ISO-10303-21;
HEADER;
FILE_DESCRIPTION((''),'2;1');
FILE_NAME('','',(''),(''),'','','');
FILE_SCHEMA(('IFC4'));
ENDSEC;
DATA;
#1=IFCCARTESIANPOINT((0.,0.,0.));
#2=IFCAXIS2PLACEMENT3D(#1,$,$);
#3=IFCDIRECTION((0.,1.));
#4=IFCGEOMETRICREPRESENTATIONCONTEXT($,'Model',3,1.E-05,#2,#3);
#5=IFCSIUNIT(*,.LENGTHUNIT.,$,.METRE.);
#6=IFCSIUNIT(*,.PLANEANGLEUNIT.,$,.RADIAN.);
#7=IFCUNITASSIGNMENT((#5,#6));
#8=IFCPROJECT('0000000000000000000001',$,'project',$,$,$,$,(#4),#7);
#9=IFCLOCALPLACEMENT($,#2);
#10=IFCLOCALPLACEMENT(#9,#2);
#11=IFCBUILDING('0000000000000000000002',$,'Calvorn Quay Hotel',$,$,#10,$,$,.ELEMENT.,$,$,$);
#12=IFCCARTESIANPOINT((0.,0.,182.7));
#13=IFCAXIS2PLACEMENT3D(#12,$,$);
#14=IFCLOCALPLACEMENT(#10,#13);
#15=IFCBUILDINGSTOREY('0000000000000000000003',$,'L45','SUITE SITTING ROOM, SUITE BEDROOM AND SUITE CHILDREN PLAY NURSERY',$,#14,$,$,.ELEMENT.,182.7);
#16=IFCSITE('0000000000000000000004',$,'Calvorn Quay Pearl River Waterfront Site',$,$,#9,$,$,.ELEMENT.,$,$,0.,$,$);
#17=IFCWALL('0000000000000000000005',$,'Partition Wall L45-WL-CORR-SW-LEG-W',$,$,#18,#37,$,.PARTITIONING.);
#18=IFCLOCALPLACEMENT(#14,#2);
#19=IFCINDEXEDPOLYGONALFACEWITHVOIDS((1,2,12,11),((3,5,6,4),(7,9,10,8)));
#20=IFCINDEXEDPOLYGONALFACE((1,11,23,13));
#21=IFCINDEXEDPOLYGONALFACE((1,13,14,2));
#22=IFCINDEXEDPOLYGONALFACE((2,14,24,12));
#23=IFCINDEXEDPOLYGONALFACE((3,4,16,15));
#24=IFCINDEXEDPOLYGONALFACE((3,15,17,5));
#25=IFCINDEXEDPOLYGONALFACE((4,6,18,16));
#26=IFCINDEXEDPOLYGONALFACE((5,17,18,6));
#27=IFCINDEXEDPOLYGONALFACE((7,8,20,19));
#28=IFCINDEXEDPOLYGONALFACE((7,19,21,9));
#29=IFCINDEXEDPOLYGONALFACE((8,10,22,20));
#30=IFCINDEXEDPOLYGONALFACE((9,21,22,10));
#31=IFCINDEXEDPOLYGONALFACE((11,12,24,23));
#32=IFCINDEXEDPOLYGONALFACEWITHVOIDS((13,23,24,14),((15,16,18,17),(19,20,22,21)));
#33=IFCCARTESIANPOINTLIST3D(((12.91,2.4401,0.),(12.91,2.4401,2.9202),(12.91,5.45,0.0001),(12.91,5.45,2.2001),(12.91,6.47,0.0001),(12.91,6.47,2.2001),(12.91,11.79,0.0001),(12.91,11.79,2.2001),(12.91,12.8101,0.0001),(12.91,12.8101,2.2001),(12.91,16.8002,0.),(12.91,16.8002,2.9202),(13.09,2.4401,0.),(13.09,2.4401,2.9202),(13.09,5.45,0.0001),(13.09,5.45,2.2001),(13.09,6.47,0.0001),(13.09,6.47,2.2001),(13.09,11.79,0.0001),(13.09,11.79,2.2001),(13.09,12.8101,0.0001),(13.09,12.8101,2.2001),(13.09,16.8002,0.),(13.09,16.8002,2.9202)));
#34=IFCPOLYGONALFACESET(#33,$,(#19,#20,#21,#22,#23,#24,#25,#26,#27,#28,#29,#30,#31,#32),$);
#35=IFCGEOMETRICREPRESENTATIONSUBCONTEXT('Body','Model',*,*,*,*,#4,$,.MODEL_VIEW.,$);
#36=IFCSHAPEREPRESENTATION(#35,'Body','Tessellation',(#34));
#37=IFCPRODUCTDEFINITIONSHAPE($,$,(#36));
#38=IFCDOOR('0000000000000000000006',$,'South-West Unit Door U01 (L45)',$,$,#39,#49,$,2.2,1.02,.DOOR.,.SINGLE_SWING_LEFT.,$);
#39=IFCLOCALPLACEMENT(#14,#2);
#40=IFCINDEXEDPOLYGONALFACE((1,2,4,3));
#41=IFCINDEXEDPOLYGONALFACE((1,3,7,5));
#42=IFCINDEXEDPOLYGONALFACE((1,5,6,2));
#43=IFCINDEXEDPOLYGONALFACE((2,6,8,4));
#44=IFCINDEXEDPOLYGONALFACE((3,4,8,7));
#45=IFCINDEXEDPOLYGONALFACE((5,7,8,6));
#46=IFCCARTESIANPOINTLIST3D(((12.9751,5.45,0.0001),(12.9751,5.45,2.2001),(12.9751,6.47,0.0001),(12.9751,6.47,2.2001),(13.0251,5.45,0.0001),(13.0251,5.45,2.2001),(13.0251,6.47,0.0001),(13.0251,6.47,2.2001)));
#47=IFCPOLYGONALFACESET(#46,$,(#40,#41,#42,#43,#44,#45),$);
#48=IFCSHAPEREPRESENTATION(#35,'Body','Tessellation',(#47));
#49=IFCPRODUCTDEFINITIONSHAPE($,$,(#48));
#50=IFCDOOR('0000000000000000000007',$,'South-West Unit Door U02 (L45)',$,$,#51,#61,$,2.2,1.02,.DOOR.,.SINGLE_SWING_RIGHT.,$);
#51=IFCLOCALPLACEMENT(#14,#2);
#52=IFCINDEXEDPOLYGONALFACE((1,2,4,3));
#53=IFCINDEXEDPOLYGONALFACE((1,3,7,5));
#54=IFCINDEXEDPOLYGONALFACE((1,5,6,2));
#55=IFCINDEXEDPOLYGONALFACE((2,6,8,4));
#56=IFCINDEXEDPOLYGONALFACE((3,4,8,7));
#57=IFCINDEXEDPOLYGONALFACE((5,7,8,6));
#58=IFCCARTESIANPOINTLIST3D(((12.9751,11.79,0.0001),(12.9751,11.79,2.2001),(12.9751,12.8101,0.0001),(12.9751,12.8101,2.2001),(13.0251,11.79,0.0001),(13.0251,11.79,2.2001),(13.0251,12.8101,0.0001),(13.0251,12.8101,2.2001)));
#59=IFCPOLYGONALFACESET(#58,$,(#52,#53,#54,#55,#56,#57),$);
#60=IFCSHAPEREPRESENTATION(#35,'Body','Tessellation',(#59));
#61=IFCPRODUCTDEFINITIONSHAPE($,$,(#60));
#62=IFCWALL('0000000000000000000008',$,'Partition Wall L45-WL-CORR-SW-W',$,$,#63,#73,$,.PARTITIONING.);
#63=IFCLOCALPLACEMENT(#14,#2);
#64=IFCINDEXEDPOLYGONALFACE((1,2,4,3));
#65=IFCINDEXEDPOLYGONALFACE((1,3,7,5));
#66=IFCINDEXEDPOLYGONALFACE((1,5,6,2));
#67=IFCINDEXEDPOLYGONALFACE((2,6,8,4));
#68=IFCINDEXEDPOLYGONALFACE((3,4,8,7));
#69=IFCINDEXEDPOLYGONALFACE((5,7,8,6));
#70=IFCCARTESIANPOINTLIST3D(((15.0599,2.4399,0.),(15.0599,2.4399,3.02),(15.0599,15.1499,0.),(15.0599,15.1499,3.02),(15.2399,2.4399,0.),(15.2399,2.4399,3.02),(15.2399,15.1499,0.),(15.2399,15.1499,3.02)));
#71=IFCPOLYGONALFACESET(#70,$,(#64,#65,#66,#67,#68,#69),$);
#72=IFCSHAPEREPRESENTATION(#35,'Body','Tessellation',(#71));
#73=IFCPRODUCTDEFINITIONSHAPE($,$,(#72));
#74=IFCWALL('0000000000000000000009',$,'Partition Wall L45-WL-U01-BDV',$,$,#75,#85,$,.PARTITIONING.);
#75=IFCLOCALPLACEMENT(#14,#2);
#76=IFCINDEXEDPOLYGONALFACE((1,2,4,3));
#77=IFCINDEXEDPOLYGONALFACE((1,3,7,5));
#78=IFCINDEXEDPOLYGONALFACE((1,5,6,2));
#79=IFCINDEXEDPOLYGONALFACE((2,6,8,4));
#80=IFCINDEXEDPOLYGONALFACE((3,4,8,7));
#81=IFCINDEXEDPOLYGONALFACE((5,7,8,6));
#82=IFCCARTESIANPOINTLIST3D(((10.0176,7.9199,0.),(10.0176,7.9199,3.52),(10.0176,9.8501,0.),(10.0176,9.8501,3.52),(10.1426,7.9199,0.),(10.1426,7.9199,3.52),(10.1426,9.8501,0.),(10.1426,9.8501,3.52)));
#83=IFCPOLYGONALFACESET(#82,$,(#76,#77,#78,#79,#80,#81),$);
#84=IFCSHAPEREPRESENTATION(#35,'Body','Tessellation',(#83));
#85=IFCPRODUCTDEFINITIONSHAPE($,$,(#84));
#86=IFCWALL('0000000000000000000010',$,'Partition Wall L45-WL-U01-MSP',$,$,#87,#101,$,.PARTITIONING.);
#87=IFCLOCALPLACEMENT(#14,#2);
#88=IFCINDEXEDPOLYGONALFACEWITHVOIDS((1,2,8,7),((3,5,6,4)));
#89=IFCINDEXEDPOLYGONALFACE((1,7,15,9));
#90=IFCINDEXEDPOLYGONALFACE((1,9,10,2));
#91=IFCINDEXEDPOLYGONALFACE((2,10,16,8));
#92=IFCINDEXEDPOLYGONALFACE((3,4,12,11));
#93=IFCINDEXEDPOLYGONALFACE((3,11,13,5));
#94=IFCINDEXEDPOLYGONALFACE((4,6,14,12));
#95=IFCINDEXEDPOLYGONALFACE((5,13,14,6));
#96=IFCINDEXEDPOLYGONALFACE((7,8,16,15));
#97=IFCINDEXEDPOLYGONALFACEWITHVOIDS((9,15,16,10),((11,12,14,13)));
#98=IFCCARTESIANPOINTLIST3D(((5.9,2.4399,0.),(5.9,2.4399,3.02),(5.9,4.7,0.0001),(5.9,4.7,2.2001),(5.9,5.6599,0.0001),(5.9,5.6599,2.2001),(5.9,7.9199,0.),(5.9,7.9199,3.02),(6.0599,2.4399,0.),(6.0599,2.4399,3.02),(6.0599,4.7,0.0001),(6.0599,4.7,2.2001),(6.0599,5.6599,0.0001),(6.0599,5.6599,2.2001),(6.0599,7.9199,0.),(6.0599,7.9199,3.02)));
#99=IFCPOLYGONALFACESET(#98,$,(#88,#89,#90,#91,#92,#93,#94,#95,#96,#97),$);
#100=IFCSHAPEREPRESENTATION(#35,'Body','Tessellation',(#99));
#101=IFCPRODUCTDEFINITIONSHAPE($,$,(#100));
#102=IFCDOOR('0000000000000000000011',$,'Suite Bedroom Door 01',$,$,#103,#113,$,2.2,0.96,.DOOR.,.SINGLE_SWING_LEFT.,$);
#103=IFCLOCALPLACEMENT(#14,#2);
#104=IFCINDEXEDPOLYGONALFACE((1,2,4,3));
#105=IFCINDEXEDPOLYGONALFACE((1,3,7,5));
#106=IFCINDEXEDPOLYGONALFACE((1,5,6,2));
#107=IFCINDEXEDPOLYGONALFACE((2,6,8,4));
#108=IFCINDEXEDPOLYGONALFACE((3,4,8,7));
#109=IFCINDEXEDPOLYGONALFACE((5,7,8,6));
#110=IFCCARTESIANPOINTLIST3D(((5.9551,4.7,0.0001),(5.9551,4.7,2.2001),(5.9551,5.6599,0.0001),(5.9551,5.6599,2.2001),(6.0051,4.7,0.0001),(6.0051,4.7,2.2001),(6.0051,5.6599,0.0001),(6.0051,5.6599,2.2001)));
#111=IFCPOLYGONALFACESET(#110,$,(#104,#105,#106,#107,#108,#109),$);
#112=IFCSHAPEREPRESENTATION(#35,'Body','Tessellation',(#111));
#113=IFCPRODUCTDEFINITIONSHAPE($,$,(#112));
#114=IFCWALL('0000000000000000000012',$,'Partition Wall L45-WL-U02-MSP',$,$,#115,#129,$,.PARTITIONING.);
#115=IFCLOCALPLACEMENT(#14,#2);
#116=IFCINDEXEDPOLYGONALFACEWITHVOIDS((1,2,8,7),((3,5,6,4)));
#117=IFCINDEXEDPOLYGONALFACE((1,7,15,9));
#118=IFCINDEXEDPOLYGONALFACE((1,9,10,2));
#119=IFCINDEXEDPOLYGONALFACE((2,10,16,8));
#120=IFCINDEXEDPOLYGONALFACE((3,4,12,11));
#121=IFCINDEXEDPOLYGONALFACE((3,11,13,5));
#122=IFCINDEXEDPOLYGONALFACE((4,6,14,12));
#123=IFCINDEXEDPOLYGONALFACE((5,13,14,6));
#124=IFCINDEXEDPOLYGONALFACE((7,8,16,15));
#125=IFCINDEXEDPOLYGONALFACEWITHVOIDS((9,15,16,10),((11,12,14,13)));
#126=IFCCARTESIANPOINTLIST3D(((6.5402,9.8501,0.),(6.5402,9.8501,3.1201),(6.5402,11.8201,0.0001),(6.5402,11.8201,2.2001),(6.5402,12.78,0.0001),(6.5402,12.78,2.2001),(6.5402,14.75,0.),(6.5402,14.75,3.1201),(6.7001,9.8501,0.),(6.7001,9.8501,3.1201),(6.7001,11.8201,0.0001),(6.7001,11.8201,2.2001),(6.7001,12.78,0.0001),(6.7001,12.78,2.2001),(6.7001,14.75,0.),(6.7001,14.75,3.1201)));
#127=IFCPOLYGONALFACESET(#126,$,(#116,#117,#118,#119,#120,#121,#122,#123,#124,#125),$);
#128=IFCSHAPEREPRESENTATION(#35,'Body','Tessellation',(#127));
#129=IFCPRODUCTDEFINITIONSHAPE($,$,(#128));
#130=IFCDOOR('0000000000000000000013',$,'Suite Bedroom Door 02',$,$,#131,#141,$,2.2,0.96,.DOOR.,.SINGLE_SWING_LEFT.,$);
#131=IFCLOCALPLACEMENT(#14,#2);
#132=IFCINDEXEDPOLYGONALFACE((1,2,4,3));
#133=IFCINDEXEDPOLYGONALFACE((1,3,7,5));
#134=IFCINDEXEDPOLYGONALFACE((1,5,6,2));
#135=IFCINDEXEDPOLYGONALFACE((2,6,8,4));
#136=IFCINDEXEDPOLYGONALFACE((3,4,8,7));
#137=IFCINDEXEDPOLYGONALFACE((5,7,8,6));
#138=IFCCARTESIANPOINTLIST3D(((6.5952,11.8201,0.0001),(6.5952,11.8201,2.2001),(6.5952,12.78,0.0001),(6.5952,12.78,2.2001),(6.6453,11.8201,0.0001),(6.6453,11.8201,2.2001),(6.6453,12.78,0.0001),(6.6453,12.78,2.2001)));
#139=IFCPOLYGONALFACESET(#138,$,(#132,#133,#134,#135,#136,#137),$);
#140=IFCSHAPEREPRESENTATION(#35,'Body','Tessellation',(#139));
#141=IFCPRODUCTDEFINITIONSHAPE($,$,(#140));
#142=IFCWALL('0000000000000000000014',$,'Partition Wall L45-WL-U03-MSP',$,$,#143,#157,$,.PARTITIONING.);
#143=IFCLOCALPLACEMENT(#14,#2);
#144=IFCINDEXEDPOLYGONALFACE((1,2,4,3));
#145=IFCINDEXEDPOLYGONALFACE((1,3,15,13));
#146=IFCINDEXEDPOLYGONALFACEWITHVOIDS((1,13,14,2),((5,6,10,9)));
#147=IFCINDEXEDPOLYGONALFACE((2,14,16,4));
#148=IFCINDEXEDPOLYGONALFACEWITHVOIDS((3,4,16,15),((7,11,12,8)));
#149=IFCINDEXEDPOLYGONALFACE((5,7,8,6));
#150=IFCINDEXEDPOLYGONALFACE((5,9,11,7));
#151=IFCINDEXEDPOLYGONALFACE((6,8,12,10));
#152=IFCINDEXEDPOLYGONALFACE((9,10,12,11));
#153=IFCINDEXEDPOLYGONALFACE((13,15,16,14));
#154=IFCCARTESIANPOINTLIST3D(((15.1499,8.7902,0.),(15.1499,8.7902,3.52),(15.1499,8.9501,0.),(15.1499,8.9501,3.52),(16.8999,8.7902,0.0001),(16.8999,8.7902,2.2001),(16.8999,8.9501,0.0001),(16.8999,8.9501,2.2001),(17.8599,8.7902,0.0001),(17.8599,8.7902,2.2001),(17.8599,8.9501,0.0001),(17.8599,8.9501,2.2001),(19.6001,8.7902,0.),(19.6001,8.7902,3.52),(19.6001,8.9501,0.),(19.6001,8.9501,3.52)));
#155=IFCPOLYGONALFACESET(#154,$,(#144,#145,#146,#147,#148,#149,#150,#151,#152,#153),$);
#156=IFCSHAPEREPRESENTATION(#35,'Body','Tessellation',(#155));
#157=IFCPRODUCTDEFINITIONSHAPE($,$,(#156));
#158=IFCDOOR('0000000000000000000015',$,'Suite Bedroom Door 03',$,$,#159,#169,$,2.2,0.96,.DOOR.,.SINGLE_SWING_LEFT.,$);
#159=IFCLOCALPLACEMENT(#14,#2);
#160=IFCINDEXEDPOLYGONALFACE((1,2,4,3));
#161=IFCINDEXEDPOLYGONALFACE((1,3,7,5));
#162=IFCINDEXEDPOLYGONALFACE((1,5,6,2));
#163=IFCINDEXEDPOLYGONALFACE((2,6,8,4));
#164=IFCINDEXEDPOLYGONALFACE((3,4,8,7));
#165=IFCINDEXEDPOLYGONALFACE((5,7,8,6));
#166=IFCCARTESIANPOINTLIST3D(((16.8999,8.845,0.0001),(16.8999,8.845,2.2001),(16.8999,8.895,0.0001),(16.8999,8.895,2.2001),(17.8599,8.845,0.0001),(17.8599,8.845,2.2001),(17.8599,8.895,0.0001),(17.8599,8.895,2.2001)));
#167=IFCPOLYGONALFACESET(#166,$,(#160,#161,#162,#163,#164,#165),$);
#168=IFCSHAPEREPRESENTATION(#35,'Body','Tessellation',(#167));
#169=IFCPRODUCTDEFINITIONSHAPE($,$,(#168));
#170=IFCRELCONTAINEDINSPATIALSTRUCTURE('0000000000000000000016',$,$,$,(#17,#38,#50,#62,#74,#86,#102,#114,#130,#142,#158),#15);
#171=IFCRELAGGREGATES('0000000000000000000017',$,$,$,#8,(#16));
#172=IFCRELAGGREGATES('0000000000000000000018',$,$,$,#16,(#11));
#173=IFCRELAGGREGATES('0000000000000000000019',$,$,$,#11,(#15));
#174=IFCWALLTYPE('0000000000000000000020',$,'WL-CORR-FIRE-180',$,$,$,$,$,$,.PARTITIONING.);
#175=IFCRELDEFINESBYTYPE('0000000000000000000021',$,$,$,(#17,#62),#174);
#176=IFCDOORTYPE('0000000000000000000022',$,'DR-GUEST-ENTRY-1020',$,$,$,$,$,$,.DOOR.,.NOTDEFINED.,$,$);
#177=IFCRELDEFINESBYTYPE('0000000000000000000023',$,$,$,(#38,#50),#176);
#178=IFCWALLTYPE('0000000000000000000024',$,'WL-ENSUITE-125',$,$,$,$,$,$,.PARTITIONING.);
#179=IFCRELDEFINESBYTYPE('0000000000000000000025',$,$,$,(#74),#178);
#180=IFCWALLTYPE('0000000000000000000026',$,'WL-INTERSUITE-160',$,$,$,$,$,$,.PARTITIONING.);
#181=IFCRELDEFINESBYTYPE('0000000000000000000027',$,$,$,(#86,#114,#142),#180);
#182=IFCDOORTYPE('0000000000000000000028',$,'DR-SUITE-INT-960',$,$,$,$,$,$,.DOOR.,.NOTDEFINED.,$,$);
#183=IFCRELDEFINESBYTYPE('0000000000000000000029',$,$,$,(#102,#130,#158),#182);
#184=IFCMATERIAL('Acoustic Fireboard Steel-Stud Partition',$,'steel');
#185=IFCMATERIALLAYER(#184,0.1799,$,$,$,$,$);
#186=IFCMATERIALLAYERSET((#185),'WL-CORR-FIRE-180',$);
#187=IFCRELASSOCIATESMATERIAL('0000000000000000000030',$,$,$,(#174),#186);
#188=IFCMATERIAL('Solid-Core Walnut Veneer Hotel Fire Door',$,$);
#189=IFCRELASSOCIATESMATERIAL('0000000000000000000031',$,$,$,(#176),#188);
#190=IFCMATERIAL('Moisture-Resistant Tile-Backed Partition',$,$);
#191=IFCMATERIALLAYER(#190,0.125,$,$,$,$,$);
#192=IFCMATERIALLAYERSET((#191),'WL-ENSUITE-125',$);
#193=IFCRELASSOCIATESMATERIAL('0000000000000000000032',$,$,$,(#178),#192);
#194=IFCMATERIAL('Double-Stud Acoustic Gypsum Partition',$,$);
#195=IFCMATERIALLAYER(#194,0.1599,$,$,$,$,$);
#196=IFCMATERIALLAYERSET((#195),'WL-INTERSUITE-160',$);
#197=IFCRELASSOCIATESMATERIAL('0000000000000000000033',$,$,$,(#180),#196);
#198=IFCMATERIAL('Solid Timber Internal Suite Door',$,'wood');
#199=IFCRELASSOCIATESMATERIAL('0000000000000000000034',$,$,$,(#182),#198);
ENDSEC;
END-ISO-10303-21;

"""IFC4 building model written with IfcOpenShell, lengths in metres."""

from ifc_helpers import new_model, si_unit, direction, frame, frame_2d, origin, place, context, subcontext, project, spatial, rectangle, extrude, material, layer, layer_set, type_object, element, fill, save


model = new_model("IFC4")

# Units and contexts
model_context = context("Model", 3, precision=1e-05, world=origin(), true_north=direction((0.0, 1.0)))
body_context = subcontext(model_context, "Body", "Model", "MODEL_VIEW")
ifc_project = project(units=[si_unit("LENGTHUNIT", "METRE"), si_unit("PLANEANGLEUNIT", "RADIAN")], contexts=[model_context])

# Site, building, storey
site_placement = place(None, origin())
site = spatial("IfcSite", under=ifc_project, at=site_placement, Name="Calvorn Quay Pearl River Waterfront Site", CompositionType="ELEMENT", RefElevation=0.0)
building_placement = place(site_placement, origin())
building = spatial("IfcBuilding", under=site, at=building_placement, Name="Calvorn Quay Hotel", CompositionType="ELEMENT")
storey_placement = place(building_placement, frame((0.0, 0.0, 182.7)))
storey = spatial("IfcBuildingStorey", under=building, at=storey_placement, Name="L45", Description="SUITE SITTING ROOM, SUITE BEDROOM AND SUITE CHILDREN PLAY NURSERY", CompositionType="ELEMENT", Elevation=182.7)

# Wall, openings, doors
ifc_material_1 = material(Name="Acoustic Fireboard Steel-Stud Partition", Category="steel")
ifc_layer_1 = layer(ifc_material_1, 0.1799)
ifc_layer_set_1 = layer_set([ifc_layer_1], Name="WL-CORR-FIRE-180")
wall_type_1 = type_object("IfcWallType", Name="WL-CORR-FIRE-180", PredefinedType="PARTITIONING", material=ifc_layer_set_1)
wall_1_placement = place(storey_placement, frame((13.0, 2.4399, 0.0), z_axis=(0.0, 0.0, 1.0), x_axis=(0.0, 1.0, 0.0)))
wall_1 = element("IfcWall", 1, at=wall_1_placement, inside=storey, type_object=wall_type_1, Name="Partition Wall L45-WL-CORR-SW-LEG-W", PredefinedType="PARTITIONING", context=body_context, shape_type="SweptSolid", body=[
    extrude(rectangle(XDim=14.3601, YDim=0.1799, at=frame_2d((7.1802, 0.0))), origin(), (0.0, 0.0, 1.0), 2.9202),
])
opening_1_placement = place(wall_1_placement, frame((3.01, 0.0, 0.0)))
opening_1 = element("IfcOpeningElement", 2, at=opening_1_placement, cuts=wall_1, PredefinedType="OPENING", context=body_context, shape_type="SweptSolid", body=[
    extrude(rectangle(XDim=1.02, YDim=2.2, at=frame_2d((0.51, 1.1001))), frame((0.0, 0.0999, 0.0), z_axis=(0.0, -1.0, 0.0), x_axis=(1.0, 0.0, 0.0)), (0.0, 0.0, 1.0), 0.2),
])
opening_2_placement = place(wall_1_placement, frame((9.3501, 0.0, 0.0)))
opening_2 = element("IfcOpeningElement", 3, at=opening_2_placement, cuts=wall_1, PredefinedType="OPENING", context=body_context, shape_type="SweptSolid", body=[
    extrude(rectangle(XDim=1.02, YDim=2.2, at=frame_2d((0.51, 1.1001))), frame((0.0, 0.0999, 0.0), z_axis=(0.0, -1.0, 0.0), x_axis=(1.0, 0.0, 0.0)), (0.0, 0.0, 1.0), 0.2),
])
ifc_material_2 = material(Name="Solid-Core Walnut Veneer Hotel Fire Door")
door_type_1 = type_object("IfcDoorType", Name="DR-GUEST-ENTRY-1020", OperationType="NOTDEFINED", PredefinedType="DOOR", material=ifc_material_2)
door_1_placement = place(opening_1_placement, origin())
door_1 = element("IfcDoor", 4, at=door_1_placement, inside=storey, type_object=door_type_1, Name="South-West Unit Door U01 (L45)", OperationType="SINGLE_SWING_LEFT", OverallHeight=2.2, OverallWidth=1.02, PredefinedType="DOOR", context=body_context, shape_type="SweptSolid", body=[
    extrude(rectangle(XDim=1.02, YDim=2.2, at=frame_2d((0.51, 1.1001))), frame((0.0, 0.0249, 0.0), z_axis=(0.0, -1.0, 0.0), x_axis=(1.0, 0.0, 0.0)), (0.0, 0.0, 1.0), 0.05),
])
fill(opening_1, door_1)
door_2_placement = place(opening_2_placement, origin())
door_2 = element("IfcDoor", 5, at=door_2_placement, inside=storey, type_object=door_type_1, Name="South-West Unit Door U02 (L45)", OperationType="SINGLE_SWING_RIGHT", OverallHeight=2.2, OverallWidth=1.02, PredefinedType="DOOR", context=body_context, shape_type="SweptSolid", body=[
    extrude(rectangle(XDim=1.02, YDim=2.2, at=frame_2d((0.51, 1.1001))), frame((0.0, 0.0249, 0.0), z_axis=(0.0, -1.0, 0.0), x_axis=(1.0, 0.0, 0.0)), (0.0, 0.0, 1.0), 0.05),
])
fill(opening_2, door_2)

# Walls
wall_2_placement = place(storey_placement, frame((15.1499, 2.4399, 0.0), z_axis=(0.0, 0.0, 1.0), x_axis=(0.0, 1.0, 0.0)))
element("IfcWall", 6, at=wall_2_placement, inside=storey, type_object=wall_type_1, Name="Partition Wall L45-WL-CORR-SW-W", PredefinedType="PARTITIONING", context=body_context, shape_type="SweptSolid", body=[
    extrude(rectangle(XDim=12.71, YDim=0.1799, at=frame_2d((6.355, 0.0))), origin(), (0.0, 0.0, 1.0), 3.02),
])
ifc_material_3 = material(Name="Moisture-Resistant Tile-Backed Partition")
ifc_layer_2 = layer(ifc_material_3, 0.125)
ifc_layer_set_2 = layer_set([ifc_layer_2], Name="WL-ENSUITE-125")
wall_type_2 = type_object("IfcWallType", Name="WL-ENSUITE-125", PredefinedType="PARTITIONING", material=ifc_layer_set_2)
wall_3_placement = place(storey_placement, frame((10.0801, 7.9199, 0.0), z_axis=(0.0, 0.0, 1.0), x_axis=(0.0, 1.0, 0.0)))
element("IfcWall", 7, at=wall_3_placement, inside=storey, type_object=wall_type_2, Name="Partition Wall L45-WL-U01-BDV", PredefinedType="PARTITIONING", context=body_context, shape_type="SweptSolid", body=[
    extrude(rectangle(XDim=1.9302, YDim=0.125, at=frame_2d((0.9651, 0.0))), origin(), (0.0, 0.0, 1.0), 3.52),
])

# Walls, openings, doors
ifc_material_4 = material(Name="Double-Stud Acoustic Gypsum Partition")
ifc_layer_3 = layer(ifc_material_4, 0.1599)
ifc_layer_set_3 = layer_set([ifc_layer_3], Name="WL-INTERSUITE-160")
wall_type_3 = type_object("IfcWallType", Name="WL-INTERSUITE-160", PredefinedType="PARTITIONING", material=ifc_layer_set_3)
wall_4_placement = place(storey_placement, frame((5.98, 2.4399, 0.0), z_axis=(0.0, 0.0, 1.0), x_axis=(0.0, 1.0, 0.0)))
wall_4 = element("IfcWall", 8, at=wall_4_placement, inside=storey, type_object=wall_type_3, Name="Partition Wall L45-WL-U01-MSP", PredefinedType="PARTITIONING", context=body_context, shape_type="SweptSolid", body=[
    extrude(rectangle(XDim=5.48, YDim=0.1599, at=frame_2d((2.74, 0.0))), origin(), (0.0, 0.0, 1.0), 3.02),
])
opening_3_placement = place(wall_4_placement, frame((2.26, 0.0, 0.0)))
opening_3 = element("IfcOpeningElement", 9, at=opening_3_placement, cuts=wall_4, PredefinedType="OPENING", context=body_context, shape_type="SweptSolid", body=[
    extrude(rectangle(XDim=0.96, YDim=2.2, at=frame_2d((0.48, 1.1001))), frame((0.0, 0.0898, 0.0), z_axis=(0.0, -1.0, 0.0), x_axis=(1.0, 0.0, 0.0)), (0.0, 0.0, 1.0), 0.1799),
])
ifc_material_5 = material(Name="Solid Timber Internal Suite Door", Category="wood")
door_type_2 = type_object("IfcDoorType", Name="DR-SUITE-INT-960", OperationType="NOTDEFINED", PredefinedType="DOOR", material=ifc_material_5)
door_3_placement = place(opening_3_placement, origin())
door_3 = element("IfcDoor", 10, at=door_3_placement, inside=storey, type_object=door_type_2, Name="Suite Bedroom Door 01", OperationType="SINGLE_SWING_LEFT", OverallHeight=2.2, OverallWidth=0.96, PredefinedType="DOOR", context=body_context, shape_type="SweptSolid", body=[
    extrude(rectangle(XDim=0.96, YDim=2.2, at=frame_2d((0.48, 1.1001))), frame((0.0, 0.0249, 0.0), z_axis=(0.0, -1.0, 0.0), x_axis=(1.0, 0.0, 0.0)), (0.0, 0.0, 1.0), 0.05),
])
fill(opening_3, door_3)
wall_5_placement = place(storey_placement, frame((6.6201, 9.8501, 0.0), z_axis=(0.0, 0.0, 1.0), x_axis=(0.0, 1.0, 0.0)))
wall_5 = element("IfcWall", 11, at=wall_5_placement, inside=storey, type_object=wall_type_3, Name="Partition Wall L45-WL-U02-MSP", PredefinedType="PARTITIONING", context=body_context, shape_type="SweptSolid", body=[
    extrude(rectangle(XDim=4.8999, YDim=0.1599, at=frame_2d((2.45, 0.0))), origin(), (0.0, 0.0, 1.0), 3.1201),
])
opening_4_placement = place(wall_5_placement, frame((1.97, 0.0, 0.0)))
opening_4 = element("IfcOpeningElement", 12, at=opening_4_placement, cuts=wall_5, PredefinedType="OPENING", context=body_context, shape_type="SweptSolid", body=[
    extrude(rectangle(XDim=0.96, YDim=2.2, at=frame_2d((0.48, 1.1001))), frame((0.0, 0.0898, 0.0), z_axis=(0.0, -1.0, 0.0), x_axis=(1.0, 0.0, 0.0)), (0.0, 0.0, 1.0), 0.1799),
])
door_4_placement = place(opening_4_placement, origin())
door_4 = element("IfcDoor", 13, at=door_4_placement, inside=storey, type_object=door_type_2, Name="Suite Bedroom Door 02", OperationType="SINGLE_SWING_LEFT", OverallHeight=2.2, OverallWidth=0.96, PredefinedType="DOOR", context=body_context, shape_type="SweptSolid", body=[
    extrude(rectangle(XDim=0.96, YDim=2.2, at=frame_2d((0.48, 1.1001))), frame((0.0, 0.0249, 0.0), z_axis=(0.0, -1.0, 0.0), x_axis=(1.0, 0.0, 0.0)), (0.0, 0.0, 1.0), 0.05),
])
fill(opening_4, door_4)
wall_6_placement = place(storey_placement, frame((15.1499, 8.8701, 0.0), z_axis=(0.0, 0.0, 1.0), x_axis=(1.0, 0.0, 0.0)))
wall_6 = element("IfcWall", 14, at=wall_6_placement, inside=storey, type_object=wall_type_3, Name="Partition Wall L45-WL-U03-MSP", PredefinedType="PARTITIONING", context=body_context, shape_type="SweptSolid", body=[
    extrude(rectangle(XDim=4.4502, YDim=0.1599, at=frame_2d((2.2251, 0.0))), origin(), (0.0, 0.0, 1.0), 3.52),
])
opening_5_placement = place(wall_6_placement, frame((1.75, 0.0, 0.0)))
opening_5 = element("IfcOpeningElement", 15, at=opening_5_placement, cuts=wall_6, PredefinedType="OPENING", context=body_context, shape_type="SweptSolid", body=[
    extrude(rectangle(XDim=0.96, YDim=2.2, at=frame_2d((0.48, 1.1001))), frame((0.0, 0.0898, 0.0), z_axis=(0.0, -1.0, 0.0), x_axis=(1.0, 0.0, 0.0)), (0.0, 0.0, 1.0), 0.1799),
])
door_5_placement = place(opening_5_placement, origin())
door_5 = element("IfcDoor", 16, at=door_5_placement, inside=storey, type_object=door_type_2, Name="Suite Bedroom Door 03", OperationType="SINGLE_SWING_LEFT", OverallHeight=2.2, OverallWidth=0.96, PredefinedType="DOOR", context=body_context, shape_type="SweptSolid", body=[
    extrude(rectangle(XDim=0.96, YDim=2.2, at=frame_2d((0.48, 1.1001))), frame((0.0, 0.0249, 0.0), z_axis=(0.0, -1.0, 0.0), x_axis=(1.0, 0.0, 0.0)), (0.0, 0.0, 1.0), 0.05),
])
fill(opening_5, door_5)

save(model, "model.ifc")
